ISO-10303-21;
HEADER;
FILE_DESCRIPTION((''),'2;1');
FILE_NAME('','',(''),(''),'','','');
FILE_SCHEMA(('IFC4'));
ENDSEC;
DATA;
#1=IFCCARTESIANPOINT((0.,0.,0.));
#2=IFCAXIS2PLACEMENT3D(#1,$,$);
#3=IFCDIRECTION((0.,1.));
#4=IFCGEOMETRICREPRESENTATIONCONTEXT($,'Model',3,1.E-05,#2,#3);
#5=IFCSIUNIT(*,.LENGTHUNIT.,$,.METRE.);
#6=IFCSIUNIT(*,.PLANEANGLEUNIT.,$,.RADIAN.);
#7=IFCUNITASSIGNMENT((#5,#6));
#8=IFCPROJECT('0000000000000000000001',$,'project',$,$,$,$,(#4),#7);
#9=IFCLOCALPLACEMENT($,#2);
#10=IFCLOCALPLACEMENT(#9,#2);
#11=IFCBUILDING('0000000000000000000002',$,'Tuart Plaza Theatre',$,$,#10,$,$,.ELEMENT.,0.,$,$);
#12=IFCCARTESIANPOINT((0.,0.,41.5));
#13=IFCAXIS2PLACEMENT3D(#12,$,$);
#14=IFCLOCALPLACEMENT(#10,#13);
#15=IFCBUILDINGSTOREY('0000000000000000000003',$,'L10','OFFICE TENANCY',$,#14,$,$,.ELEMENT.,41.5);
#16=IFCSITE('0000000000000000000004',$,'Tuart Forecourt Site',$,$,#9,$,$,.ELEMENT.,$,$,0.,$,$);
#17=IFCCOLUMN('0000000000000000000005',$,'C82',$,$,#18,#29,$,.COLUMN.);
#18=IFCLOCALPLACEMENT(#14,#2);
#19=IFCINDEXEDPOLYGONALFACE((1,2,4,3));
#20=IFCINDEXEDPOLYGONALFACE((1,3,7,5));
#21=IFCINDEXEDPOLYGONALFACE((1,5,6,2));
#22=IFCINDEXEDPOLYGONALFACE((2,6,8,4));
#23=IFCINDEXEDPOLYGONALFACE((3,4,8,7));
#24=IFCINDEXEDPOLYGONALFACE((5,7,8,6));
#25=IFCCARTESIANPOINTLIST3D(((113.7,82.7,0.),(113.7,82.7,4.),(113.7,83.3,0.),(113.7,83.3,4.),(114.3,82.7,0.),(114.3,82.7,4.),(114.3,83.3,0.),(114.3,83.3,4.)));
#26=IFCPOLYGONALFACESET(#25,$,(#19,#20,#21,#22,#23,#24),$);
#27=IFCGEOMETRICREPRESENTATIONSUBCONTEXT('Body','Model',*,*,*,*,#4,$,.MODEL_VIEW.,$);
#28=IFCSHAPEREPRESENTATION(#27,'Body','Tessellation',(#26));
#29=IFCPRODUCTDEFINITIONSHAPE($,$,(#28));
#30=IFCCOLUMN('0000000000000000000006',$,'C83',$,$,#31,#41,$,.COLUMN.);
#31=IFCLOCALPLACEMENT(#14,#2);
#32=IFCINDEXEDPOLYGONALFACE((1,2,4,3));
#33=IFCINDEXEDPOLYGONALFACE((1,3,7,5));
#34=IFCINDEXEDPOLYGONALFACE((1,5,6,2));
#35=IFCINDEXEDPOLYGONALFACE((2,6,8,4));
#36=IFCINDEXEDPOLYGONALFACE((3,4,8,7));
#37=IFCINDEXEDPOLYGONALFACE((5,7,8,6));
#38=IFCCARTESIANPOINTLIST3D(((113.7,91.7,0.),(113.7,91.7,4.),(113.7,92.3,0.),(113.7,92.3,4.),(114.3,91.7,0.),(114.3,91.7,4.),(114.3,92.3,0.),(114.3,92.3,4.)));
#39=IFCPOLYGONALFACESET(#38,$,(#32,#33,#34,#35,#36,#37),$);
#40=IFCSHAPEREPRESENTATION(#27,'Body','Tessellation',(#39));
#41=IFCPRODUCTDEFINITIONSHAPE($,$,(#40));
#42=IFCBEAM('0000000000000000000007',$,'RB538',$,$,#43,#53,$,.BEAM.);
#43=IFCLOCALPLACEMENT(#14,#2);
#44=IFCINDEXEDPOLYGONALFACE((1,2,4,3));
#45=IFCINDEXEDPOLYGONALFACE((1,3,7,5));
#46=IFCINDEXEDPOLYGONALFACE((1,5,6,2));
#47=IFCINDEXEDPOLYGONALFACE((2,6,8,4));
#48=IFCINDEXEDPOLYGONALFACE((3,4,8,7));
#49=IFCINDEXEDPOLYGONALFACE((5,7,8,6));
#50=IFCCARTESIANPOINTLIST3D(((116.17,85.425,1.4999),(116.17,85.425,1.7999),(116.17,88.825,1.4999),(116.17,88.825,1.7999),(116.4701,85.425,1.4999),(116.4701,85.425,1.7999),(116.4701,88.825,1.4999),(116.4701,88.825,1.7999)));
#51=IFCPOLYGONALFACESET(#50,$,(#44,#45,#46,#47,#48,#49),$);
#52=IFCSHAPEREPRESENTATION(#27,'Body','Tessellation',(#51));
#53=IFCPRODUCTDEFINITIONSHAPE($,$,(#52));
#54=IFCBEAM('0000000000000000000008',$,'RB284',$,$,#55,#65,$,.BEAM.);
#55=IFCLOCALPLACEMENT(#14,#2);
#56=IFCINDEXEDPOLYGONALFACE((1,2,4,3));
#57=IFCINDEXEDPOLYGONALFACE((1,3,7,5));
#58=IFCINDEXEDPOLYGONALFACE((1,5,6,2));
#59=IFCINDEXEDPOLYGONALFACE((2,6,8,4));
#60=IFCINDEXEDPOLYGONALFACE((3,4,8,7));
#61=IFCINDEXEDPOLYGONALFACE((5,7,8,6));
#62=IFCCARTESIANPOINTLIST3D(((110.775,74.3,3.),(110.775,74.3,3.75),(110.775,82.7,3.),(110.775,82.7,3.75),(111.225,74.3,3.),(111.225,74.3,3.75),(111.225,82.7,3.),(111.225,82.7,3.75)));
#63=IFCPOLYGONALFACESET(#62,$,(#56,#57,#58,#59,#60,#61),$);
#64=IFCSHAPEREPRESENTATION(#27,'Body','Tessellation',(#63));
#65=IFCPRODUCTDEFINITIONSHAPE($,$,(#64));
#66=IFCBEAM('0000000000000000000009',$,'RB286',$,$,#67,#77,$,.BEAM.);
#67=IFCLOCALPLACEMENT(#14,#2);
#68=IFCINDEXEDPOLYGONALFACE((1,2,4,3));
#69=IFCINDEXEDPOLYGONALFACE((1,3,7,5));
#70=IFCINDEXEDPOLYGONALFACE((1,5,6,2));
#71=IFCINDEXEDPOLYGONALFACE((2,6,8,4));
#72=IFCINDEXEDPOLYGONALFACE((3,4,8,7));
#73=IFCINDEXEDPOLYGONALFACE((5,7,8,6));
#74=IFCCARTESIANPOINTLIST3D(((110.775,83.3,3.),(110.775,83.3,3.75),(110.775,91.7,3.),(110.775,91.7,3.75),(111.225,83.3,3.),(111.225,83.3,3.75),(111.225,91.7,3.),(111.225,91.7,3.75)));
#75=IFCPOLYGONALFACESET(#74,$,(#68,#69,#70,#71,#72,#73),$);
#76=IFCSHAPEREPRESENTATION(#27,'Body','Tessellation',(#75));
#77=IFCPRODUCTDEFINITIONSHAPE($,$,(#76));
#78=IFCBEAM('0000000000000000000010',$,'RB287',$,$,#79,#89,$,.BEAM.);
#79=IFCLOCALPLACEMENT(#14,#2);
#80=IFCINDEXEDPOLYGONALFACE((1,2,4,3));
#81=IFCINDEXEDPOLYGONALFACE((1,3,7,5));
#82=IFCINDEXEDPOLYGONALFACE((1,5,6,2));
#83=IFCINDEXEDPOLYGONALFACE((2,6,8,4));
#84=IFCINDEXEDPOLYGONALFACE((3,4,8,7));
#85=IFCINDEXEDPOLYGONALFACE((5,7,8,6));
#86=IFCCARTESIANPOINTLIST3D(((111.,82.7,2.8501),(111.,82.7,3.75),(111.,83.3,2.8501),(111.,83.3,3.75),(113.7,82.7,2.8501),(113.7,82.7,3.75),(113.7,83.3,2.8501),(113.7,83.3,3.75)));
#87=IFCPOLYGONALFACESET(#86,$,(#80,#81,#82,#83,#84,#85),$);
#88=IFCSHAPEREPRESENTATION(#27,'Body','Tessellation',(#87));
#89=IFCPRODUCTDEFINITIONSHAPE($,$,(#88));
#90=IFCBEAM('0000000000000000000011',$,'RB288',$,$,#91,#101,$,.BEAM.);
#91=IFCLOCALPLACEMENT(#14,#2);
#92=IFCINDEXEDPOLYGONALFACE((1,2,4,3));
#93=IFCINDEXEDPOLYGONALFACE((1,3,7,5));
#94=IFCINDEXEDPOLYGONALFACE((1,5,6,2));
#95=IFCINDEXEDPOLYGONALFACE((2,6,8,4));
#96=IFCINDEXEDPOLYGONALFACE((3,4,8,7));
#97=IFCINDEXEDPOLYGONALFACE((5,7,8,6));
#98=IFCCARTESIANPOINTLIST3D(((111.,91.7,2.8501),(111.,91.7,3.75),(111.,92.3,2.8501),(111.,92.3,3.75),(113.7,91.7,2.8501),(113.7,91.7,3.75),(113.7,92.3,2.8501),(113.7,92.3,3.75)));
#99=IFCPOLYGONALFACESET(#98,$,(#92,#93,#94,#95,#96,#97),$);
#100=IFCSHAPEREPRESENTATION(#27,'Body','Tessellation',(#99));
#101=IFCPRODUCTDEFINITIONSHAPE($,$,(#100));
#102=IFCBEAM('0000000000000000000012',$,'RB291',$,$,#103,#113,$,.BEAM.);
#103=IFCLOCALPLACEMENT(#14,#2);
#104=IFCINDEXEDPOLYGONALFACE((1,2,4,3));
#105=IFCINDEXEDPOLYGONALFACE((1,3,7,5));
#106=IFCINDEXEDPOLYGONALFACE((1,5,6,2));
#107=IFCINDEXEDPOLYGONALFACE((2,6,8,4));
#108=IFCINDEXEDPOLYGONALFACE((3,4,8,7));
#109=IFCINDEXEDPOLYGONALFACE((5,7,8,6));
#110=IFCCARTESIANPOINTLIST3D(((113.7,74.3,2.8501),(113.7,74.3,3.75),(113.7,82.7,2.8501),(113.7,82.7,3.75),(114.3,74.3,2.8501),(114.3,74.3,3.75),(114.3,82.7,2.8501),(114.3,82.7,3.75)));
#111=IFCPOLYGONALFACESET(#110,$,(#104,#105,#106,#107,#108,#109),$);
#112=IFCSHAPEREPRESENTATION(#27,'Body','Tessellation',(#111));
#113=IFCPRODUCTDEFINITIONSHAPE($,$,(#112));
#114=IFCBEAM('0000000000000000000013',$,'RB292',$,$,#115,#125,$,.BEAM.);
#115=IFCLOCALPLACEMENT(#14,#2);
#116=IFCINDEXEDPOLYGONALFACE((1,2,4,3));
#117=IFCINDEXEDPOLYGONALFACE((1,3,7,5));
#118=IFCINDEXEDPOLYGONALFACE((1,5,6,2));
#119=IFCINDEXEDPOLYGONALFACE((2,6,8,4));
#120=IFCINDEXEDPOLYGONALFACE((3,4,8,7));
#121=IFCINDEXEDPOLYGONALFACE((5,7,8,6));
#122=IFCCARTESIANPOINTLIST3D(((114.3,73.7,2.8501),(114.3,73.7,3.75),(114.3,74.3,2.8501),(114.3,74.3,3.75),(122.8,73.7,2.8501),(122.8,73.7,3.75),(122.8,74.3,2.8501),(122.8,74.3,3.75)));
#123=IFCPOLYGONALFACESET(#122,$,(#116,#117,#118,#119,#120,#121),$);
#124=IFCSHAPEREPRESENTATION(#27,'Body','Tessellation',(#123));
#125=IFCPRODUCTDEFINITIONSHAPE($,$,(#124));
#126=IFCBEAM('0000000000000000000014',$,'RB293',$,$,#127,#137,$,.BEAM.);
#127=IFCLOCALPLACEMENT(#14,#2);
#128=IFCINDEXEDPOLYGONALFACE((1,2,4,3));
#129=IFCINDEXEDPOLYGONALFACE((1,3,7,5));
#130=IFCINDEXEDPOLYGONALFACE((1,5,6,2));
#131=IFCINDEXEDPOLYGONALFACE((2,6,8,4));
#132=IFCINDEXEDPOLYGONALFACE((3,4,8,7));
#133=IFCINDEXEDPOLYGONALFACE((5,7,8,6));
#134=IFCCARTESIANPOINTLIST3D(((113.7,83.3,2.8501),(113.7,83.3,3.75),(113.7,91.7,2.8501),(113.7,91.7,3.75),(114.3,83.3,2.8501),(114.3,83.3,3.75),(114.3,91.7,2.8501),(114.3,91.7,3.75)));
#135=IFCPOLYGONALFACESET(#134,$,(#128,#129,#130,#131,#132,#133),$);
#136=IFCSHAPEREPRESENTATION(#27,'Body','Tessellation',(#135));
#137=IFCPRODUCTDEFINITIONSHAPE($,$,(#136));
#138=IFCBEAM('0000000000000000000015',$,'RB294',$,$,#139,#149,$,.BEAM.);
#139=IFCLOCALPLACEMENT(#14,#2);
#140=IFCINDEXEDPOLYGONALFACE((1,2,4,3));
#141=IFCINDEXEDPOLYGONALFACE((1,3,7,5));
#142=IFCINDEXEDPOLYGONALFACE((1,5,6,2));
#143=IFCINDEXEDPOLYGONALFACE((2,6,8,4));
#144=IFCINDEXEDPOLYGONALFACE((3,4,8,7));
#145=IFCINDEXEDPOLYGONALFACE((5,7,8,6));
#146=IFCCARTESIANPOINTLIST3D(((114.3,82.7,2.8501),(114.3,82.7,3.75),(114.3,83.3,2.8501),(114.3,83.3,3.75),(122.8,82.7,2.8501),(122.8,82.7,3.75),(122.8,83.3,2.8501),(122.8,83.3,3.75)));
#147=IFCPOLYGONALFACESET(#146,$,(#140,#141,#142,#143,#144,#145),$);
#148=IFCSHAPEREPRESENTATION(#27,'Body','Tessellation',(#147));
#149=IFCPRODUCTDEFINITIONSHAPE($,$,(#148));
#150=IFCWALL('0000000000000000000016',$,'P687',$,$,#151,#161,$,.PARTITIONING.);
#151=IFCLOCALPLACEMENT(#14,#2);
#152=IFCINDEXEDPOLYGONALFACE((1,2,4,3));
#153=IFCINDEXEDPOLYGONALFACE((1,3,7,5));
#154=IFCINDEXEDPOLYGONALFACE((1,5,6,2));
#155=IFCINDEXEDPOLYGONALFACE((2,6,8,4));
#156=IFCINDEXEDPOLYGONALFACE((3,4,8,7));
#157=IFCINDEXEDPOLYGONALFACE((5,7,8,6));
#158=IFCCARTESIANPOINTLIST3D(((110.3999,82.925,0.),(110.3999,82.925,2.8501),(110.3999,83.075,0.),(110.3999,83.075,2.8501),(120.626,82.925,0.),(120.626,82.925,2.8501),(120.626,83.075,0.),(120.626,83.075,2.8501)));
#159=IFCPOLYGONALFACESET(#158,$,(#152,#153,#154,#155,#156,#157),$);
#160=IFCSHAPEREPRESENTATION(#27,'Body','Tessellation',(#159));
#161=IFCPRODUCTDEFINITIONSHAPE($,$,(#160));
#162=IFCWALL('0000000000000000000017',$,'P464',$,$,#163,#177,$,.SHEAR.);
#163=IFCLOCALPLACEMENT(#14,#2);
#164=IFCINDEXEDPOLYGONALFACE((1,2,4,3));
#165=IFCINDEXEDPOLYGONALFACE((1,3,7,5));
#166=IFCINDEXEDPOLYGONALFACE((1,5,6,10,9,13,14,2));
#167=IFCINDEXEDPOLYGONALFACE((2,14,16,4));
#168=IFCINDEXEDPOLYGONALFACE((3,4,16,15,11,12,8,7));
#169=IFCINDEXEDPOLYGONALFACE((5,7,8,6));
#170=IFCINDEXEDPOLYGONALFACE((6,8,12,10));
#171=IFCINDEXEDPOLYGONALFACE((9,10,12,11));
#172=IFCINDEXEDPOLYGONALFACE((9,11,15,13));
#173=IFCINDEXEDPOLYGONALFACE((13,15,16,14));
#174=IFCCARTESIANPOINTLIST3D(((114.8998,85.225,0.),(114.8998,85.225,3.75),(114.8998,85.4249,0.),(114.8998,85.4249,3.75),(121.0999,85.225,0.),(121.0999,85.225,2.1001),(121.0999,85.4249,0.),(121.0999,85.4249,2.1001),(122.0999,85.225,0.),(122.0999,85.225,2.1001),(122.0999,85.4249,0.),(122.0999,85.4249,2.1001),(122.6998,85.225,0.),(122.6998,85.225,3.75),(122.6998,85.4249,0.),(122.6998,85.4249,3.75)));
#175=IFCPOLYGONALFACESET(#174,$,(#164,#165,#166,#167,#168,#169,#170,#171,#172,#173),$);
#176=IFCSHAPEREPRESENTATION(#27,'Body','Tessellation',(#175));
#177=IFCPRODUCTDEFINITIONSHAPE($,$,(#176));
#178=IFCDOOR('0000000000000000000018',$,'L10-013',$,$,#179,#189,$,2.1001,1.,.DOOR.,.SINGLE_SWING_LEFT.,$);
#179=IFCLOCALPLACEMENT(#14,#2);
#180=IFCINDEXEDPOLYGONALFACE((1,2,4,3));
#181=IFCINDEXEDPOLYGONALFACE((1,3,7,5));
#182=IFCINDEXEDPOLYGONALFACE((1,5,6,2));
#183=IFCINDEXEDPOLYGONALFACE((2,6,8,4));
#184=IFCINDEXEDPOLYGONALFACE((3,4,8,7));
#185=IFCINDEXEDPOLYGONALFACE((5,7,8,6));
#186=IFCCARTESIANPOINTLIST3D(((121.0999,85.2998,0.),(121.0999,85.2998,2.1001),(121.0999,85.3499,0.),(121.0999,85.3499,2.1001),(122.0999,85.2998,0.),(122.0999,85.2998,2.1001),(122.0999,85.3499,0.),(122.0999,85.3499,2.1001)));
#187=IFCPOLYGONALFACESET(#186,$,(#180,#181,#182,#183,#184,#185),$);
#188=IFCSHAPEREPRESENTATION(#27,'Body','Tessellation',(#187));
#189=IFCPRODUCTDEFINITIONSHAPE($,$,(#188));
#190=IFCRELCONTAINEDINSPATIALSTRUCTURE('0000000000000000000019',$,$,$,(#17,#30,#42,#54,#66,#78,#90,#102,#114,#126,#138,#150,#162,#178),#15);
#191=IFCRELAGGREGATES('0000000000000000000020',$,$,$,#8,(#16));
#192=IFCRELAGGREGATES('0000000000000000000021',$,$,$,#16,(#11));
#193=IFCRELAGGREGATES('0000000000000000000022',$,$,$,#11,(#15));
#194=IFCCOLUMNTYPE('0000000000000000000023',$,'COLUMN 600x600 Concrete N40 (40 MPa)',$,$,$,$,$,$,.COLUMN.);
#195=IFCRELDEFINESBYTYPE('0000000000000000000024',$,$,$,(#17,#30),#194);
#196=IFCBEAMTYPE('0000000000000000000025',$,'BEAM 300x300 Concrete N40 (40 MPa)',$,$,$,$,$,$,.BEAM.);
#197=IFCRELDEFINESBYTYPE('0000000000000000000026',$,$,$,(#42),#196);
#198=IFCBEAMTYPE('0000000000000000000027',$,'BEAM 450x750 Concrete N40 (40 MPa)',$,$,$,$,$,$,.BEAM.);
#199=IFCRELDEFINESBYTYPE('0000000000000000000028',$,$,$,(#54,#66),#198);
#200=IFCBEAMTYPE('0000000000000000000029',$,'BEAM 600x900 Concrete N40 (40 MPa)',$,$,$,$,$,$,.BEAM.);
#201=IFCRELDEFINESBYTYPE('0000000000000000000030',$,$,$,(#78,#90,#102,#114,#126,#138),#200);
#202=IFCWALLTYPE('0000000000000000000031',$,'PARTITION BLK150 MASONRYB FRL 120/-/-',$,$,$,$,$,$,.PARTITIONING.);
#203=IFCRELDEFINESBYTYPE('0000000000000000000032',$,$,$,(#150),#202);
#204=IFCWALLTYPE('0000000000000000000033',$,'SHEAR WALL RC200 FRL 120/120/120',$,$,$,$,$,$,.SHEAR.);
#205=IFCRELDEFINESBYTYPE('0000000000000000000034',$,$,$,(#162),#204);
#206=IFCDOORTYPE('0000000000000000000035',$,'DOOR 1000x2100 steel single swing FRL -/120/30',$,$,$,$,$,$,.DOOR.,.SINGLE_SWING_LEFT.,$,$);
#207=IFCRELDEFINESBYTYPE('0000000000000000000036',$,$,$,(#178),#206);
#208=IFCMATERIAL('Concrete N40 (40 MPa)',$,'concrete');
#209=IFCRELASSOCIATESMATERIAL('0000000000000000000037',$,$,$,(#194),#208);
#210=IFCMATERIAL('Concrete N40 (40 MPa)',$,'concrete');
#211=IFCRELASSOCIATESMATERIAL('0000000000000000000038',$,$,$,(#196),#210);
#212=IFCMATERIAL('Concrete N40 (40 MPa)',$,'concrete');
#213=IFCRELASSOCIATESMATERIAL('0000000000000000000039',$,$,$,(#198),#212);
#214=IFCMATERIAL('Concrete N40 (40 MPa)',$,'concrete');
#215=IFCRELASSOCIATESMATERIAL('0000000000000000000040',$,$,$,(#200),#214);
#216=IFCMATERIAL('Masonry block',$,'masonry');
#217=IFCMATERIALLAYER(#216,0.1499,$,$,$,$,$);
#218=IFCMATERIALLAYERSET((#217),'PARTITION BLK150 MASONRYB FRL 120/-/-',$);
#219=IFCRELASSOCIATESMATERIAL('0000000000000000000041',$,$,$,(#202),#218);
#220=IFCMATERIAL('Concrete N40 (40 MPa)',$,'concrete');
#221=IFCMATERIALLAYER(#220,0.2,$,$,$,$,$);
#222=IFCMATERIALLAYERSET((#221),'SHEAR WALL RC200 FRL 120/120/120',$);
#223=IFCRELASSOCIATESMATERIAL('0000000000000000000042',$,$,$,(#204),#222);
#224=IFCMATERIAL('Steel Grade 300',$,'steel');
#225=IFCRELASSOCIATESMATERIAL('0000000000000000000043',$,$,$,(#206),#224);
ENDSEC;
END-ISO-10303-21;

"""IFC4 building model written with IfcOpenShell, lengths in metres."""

from ifc_helpers import new_model, si_unit, direction, frame, frame_2d, origin, origin_2d, place, context, subcontext, project, spatial, rectangle, extrude, material, layer, layer_set, material_profile, profile_set, type_object, element, fill, save


model = new_model("IFC4")

# Units and contexts
model_context = context("Model", 3, precision=1e-05, world=origin(), true_north=direction((0.0, 1.0)))
body_context = subcontext(model_context, "Body", "Model", "MODEL_VIEW")
ifc_project = project(units=[si_unit("LENGTHUNIT", "METRE"), si_unit("PLANEANGLEUNIT", "RADIAN")], contexts=[model_context])

# Site, building, storey
site_placement = place(None, origin())
site = spatial("IfcSite", under=ifc_project, at=site_placement, Name="Tuart Forecourt Site", CompositionType="ELEMENT", RefElevation=0.0)
building_placement = place(site_placement, origin())
building = spatial("IfcBuilding", under=site, at=building_placement, Name="Tuart Plaza Theatre", CompositionType="ELEMENT", ElevationOfRefHeight=0.0)
storey_placement = place(building_placement, frame((0.0, 0.0, 41.5)))
storey = spatial("IfcBuildingStorey", under=building, at=storey_placement, Name="L10", Description="OFFICE TENANCY", CompositionType="ELEMENT", Elevation=41.5)

# Columns
ifc_material_1 = material(Name="Concrete N40 (40 MPa)", Category="concrete")
ifc_material_profile_1 = material_profile(ifc_material_1, rectangle(XDim=0.6001, YDim=0.6001, at=origin_2d()), Name="COLUMN 600x600 Concrete N40 (40 MPa)")
ifc_profile_set_1 = profile_set([ifc_material_profile_1], Name="Concrete N40 (40 MPa)")
column_type = type_object("IfcColumnType", Name="COLUMN 600x600 Concrete N40 (40 MPa)", PredefinedType="COLUMN", material=ifc_profile_set_1)
for number, where, z_axis, x_axis, name in (
    (1, (114.0, 83.0, 0.0), (0.0, 0.0, 1.0), (1.0, 0.0, 0.0), "C82"),
    (2, (114.0, 92.0, 0.0), (0.0, 0.0, 1.0), (1.0, 0.0, 0.0), "C83"),
):
    element("IfcColumn", number, at=place(storey_placement, frame(where, z_axis=z_axis, x_axis=x_axis)), inside=storey, type_object=column_type, Name=name, PredefinedType="COLUMN", context=body_context, shape_type="SweptSolid", body=[
        extrude(rectangle(XDim=0.6001, YDim=0.6001, at=origin_2d()), origin(), (0.0, 0.0, 1.0), 4.0),
    ])

# Beams
ifc_material_2 = material(Name="Concrete N40 (40 MPa)", Category="concrete")
ifc_material_profile_2 = material_profile(ifc_material_2, rectangle(XDim=0.3, YDim=0.3, at=origin_2d()), Name="BEAM 300x300 Concrete N40 (40 MPa)")
ifc_profile_set_2 = profile_set([ifc_material_profile_2], Name="Concrete N40 (40 MPa)")
beam_type_1 = type_object("IfcBeamType", Name="BEAM 300x300 Concrete N40 (40 MPa)", PredefinedType="BEAM", material=ifc_profile_set_2)
beam_1_placement = place(storey_placement, frame((116.3201, 88.825, 1.6499), z_axis=(0.0, -1.0, 0.0), x_axis=(1.0, 0.0, 0.0)))
element("IfcBeam", 3, at=beam_1_placement, inside=storey, type_object=beam_type_1, Name="RB538", PredefinedType="BEAM", context=body_context, shape_type="SweptSolid", body=[
    extrude(rectangle(XDim=0.3, YDim=0.3, at=origin_2d()), origin(), (0.0, 0.0, 1.0), 3.3999),
])
ifc_material_3 = material(Name="Concrete N40 (40 MPa)", Category="concrete")
ifc_material_profile_3 = material_profile(ifc_material_3, rectangle(XDim=0.45, YDim=0.75, at=origin_2d()), Name="BEAM 450x750 Concrete N40 (40 MPa)")
ifc_profile_set_3 = profile_set([ifc_material_profile_3], Name="Concrete N40 (40 MPa)")
beam_type_2 = type_object("IfcBeamType", Name="BEAM 450x750 Concrete N40 (40 MPa)", PredefinedType="BEAM", material=ifc_profile_set_3)
for number, where, z_axis, x_axis, name in (
    (4, (111.0, 74.3, 3.375), (0.0, 1.0, 0.0), (-1.0, 0.0, 0.0), "RB284"),
    (5, (111.0, 83.3, 3.375), (0.0, 1.0, 0.0), (-1.0, 0.0, 0.0), "RB286"),
):
    element("IfcBeam", number, at=place(storey_placement, frame(where, z_axis=z_axis, x_axis=x_axis)), inside=storey, type_object=beam_type_2, Name=name, PredefinedType="BEAM", context=body_context, shape_type="SweptSolid", body=[
        extrude(rectangle(XDim=0.45, YDim=0.75, at=origin_2d()), origin(), (0.0, 0.0, 1.0), 8.3999),
    ])
ifc_material_4 = material(Name="Concrete N40 (40 MPa)", Category="concrete")
ifc_material_profile_4 = material_profile(ifc_material_4, rectangle(XDim=0.6001, YDim=0.8999, at=origin_2d()), Name="BEAM 600x900 Concrete N40 (40 MPa)")
ifc_profile_set_4 = profile_set([ifc_material_profile_4], Name="Concrete N40 (40 MPa)")
beam_type_3 = type_object("IfcBeamType", Name="BEAM 600x900 Concrete N40 (40 MPa)", PredefinedType="BEAM", material=ifc_profile_set_4)
for number, where, z_axis, x_axis, name in (
    (6, (111.0, 83.0, 3.3), (1.0, 0.0, 0.0), (0.0, 1.0, 0.0), "RB287"),
    (7, (111.0, 92.0, 3.3), (1.0, 0.0, 0.0), (0.0, 1.0, 0.0), "RB288"),
):
    element("IfcBeam", number, at=place(storey_placement, frame(where, z_axis=z_axis, x_axis=x_axis)), inside=storey, type_object=beam_type_3, Name=name, PredefinedType="BEAM", context=body_context, shape_type="SweptSolid", body=[
        extrude(rectangle(XDim=0.6001, YDim=0.8999, at=origin_2d()), origin(), (0.0, 0.0, 1.0), 2.7),
    ])
beam_2_placement = place(storey_placement, frame((114.0, 74.3, 3.3), z_axis=(0.0, 1.0, 0.0), x_axis=(-1.0, 0.0, 0.0)))
element("IfcBeam", 8, at=beam_2_placement, inside=storey, type_object=beam_type_3, Name="RB291", PredefinedType="BEAM", context=body_context, shape_type="SweptSolid", body=[
    extrude(rectangle(XDim=0.6001, YDim=0.8999, at=origin_2d()), origin(), (0.0, 0.0, 1.0), 8.3999),
])
beam_3_placement = place(storey_placement, frame((114.3, 74.0, 3.3), z_axis=(1.0, 0.0, 0.0), x_axis=(0.0, 1.0, 0.0)))
element("IfcBeam", 9, at=beam_3_placement, inside=storey, type_object=beam_type_3, Name="RB292", PredefinedType="BEAM", context=body_context, shape_type="SweptSolid", body=[
    extrude(rectangle(XDim=0.6001, YDim=0.8999, at=origin_2d()), origin(), (0.0, 0.0, 1.0), 8.5),
])
beam_4_placement = place(storey_placement, frame((114.0, 83.3, 3.3), z_axis=(0.0, 1.0, 0.0), x_axis=(-1.0, 0.0, 0.0)))
element("IfcBeam", 10, at=beam_4_placement, inside=storey, type_object=beam_type_3, Name="RB293", PredefinedType="BEAM", context=body_context, shape_type="SweptSolid", body=[
    extrude(rectangle(XDim=0.6001, YDim=0.8999, at=origin_2d()), origin(), (0.0, 0.0, 1.0), 8.3999),
])
beam_5_placement = place(storey_placement, frame((114.3, 83.0, 3.3), z_axis=(1.0, 0.0, 0.0), x_axis=(0.0, 1.0, 0.0)))
element("IfcBeam", 11, at=beam_5_placement, inside=storey, type_object=beam_type_3, Name="RB294", PredefinedType="BEAM", context=body_context, shape_type="SweptSolid", body=[
    extrude(rectangle(XDim=0.6001, YDim=0.8999, at=origin_2d()), origin(), (0.0, 0.0, 1.0), 8.5),
])

# Wall
ifc_material_5 = material(Name="Masonry block", Category="masonry")
ifc_layer_1 = layer(ifc_material_5, 0.1499)
ifc_layer_set_1 = layer_set([ifc_layer_1], Name="PARTITION BLK150 MASONRYB FRL 120/-/-")
wall_type_1 = type_object("IfcWallType", Name="PARTITION BLK150 MASONRYB FRL 120/-/-", PredefinedType="PARTITIONING", material=ifc_layer_set_1)
wall_1_placement = place(storey_placement, frame((110.3999, 83.0, 0.0), z_axis=(0.0, 0.0, 1.0), x_axis=(1.0, 0.0, 0.0)))
element("IfcWall", 12, at=wall_1_placement, inside=storey, type_object=wall_type_1, Name="P687", PredefinedType="PARTITIONING", context=body_context, shape_type="SweptSolid", body=[
    extrude(rectangle(XDim=10.2261, YDim=0.1499, at=frame_2d((5.113, 0.0))), origin(), (0.0, 0.0, 1.0), 2.8501),
])

# Wall, opening, door
ifc_material_6 = material(Name="Concrete N40 (40 MPa)", Category="concrete")
ifc_layer_2 = layer(ifc_material_6, 0.2)
ifc_layer_set_2 = layer_set([ifc_layer_2], Name="SHEAR WALL RC200 FRL 120/120/120")
wall_type_2 = type_object("IfcWallType", Name="SHEAR WALL RC200 FRL 120/120/120", PredefinedType="SHEAR", material=ifc_layer_set_2)
wall_2_placement = place(storey_placement, frame((114.8999, 85.325, 0.0), z_axis=(0.0, 0.0, 1.0), x_axis=(1.0, 0.0, 0.0)))
wall_2 = element("IfcWall", 13, at=wall_2_placement, inside=storey, type_object=wall_type_2, Name="P464", PredefinedType="SHEAR", context=body_context, shape_type="SweptSolid", body=[
    extrude(rectangle(XDim=7.8, YDim=0.2, at=frame_2d((3.8999, 0.0))), origin(), (0.0, 0.0, 1.0), 3.75),
])
opening_1_placement = place(wall_2_placement, frame((6.2, 0.0, 0.0)))
opening_1 = element("IfcOpeningElement", 14, at=opening_1_placement, cuts=wall_2, PredefinedType="OPENING", context=body_context, shape_type="SweptSolid", body=[
    extrude(rectangle(XDim=1.0, YDim=2.1001, at=frame_2d((0.5, 1.05))), frame((0.0, 0.1099, 0.0), z_axis=(0.0, -1.0, 0.0), x_axis=(1.0, 0.0, 0.0)), (0.0, 0.0, 1.0), 0.22),
])
ifc_material_7 = material(Name="Steel Grade 300", Category="steel")
door_type_1 = type_object("IfcDoorType", Name="DOOR 1000x2100 steel single swing FRL -/120/30", OperationType="SINGLE_SWING_LEFT", PredefinedType="DOOR", material=ifc_material_7)
door_1_placement = place(opening_1_placement, origin())
door_1 = element("IfcDoor", 15, at=door_1_placement, inside=storey, type_object=door_type_1, Name="L10-013", OperationType="SINGLE_SWING_LEFT", OverallHeight=2.1001, OverallWidth=1.0, PredefinedType="DOOR", context=body_context, shape_type="SweptSolid", body=[
    extrude(rectangle(XDim=1.0, YDim=2.1001, at=frame_2d((0.5, 1.05))), frame((0.0, 0.0249, 0.0), z_axis=(0.0, -1.0, 0.0), x_axis=(1.0, 0.0, 0.0)), (0.0, 0.0, 1.0), 0.05),
])
fill(opening_1, door_1)

save(model, "model.ifc")
